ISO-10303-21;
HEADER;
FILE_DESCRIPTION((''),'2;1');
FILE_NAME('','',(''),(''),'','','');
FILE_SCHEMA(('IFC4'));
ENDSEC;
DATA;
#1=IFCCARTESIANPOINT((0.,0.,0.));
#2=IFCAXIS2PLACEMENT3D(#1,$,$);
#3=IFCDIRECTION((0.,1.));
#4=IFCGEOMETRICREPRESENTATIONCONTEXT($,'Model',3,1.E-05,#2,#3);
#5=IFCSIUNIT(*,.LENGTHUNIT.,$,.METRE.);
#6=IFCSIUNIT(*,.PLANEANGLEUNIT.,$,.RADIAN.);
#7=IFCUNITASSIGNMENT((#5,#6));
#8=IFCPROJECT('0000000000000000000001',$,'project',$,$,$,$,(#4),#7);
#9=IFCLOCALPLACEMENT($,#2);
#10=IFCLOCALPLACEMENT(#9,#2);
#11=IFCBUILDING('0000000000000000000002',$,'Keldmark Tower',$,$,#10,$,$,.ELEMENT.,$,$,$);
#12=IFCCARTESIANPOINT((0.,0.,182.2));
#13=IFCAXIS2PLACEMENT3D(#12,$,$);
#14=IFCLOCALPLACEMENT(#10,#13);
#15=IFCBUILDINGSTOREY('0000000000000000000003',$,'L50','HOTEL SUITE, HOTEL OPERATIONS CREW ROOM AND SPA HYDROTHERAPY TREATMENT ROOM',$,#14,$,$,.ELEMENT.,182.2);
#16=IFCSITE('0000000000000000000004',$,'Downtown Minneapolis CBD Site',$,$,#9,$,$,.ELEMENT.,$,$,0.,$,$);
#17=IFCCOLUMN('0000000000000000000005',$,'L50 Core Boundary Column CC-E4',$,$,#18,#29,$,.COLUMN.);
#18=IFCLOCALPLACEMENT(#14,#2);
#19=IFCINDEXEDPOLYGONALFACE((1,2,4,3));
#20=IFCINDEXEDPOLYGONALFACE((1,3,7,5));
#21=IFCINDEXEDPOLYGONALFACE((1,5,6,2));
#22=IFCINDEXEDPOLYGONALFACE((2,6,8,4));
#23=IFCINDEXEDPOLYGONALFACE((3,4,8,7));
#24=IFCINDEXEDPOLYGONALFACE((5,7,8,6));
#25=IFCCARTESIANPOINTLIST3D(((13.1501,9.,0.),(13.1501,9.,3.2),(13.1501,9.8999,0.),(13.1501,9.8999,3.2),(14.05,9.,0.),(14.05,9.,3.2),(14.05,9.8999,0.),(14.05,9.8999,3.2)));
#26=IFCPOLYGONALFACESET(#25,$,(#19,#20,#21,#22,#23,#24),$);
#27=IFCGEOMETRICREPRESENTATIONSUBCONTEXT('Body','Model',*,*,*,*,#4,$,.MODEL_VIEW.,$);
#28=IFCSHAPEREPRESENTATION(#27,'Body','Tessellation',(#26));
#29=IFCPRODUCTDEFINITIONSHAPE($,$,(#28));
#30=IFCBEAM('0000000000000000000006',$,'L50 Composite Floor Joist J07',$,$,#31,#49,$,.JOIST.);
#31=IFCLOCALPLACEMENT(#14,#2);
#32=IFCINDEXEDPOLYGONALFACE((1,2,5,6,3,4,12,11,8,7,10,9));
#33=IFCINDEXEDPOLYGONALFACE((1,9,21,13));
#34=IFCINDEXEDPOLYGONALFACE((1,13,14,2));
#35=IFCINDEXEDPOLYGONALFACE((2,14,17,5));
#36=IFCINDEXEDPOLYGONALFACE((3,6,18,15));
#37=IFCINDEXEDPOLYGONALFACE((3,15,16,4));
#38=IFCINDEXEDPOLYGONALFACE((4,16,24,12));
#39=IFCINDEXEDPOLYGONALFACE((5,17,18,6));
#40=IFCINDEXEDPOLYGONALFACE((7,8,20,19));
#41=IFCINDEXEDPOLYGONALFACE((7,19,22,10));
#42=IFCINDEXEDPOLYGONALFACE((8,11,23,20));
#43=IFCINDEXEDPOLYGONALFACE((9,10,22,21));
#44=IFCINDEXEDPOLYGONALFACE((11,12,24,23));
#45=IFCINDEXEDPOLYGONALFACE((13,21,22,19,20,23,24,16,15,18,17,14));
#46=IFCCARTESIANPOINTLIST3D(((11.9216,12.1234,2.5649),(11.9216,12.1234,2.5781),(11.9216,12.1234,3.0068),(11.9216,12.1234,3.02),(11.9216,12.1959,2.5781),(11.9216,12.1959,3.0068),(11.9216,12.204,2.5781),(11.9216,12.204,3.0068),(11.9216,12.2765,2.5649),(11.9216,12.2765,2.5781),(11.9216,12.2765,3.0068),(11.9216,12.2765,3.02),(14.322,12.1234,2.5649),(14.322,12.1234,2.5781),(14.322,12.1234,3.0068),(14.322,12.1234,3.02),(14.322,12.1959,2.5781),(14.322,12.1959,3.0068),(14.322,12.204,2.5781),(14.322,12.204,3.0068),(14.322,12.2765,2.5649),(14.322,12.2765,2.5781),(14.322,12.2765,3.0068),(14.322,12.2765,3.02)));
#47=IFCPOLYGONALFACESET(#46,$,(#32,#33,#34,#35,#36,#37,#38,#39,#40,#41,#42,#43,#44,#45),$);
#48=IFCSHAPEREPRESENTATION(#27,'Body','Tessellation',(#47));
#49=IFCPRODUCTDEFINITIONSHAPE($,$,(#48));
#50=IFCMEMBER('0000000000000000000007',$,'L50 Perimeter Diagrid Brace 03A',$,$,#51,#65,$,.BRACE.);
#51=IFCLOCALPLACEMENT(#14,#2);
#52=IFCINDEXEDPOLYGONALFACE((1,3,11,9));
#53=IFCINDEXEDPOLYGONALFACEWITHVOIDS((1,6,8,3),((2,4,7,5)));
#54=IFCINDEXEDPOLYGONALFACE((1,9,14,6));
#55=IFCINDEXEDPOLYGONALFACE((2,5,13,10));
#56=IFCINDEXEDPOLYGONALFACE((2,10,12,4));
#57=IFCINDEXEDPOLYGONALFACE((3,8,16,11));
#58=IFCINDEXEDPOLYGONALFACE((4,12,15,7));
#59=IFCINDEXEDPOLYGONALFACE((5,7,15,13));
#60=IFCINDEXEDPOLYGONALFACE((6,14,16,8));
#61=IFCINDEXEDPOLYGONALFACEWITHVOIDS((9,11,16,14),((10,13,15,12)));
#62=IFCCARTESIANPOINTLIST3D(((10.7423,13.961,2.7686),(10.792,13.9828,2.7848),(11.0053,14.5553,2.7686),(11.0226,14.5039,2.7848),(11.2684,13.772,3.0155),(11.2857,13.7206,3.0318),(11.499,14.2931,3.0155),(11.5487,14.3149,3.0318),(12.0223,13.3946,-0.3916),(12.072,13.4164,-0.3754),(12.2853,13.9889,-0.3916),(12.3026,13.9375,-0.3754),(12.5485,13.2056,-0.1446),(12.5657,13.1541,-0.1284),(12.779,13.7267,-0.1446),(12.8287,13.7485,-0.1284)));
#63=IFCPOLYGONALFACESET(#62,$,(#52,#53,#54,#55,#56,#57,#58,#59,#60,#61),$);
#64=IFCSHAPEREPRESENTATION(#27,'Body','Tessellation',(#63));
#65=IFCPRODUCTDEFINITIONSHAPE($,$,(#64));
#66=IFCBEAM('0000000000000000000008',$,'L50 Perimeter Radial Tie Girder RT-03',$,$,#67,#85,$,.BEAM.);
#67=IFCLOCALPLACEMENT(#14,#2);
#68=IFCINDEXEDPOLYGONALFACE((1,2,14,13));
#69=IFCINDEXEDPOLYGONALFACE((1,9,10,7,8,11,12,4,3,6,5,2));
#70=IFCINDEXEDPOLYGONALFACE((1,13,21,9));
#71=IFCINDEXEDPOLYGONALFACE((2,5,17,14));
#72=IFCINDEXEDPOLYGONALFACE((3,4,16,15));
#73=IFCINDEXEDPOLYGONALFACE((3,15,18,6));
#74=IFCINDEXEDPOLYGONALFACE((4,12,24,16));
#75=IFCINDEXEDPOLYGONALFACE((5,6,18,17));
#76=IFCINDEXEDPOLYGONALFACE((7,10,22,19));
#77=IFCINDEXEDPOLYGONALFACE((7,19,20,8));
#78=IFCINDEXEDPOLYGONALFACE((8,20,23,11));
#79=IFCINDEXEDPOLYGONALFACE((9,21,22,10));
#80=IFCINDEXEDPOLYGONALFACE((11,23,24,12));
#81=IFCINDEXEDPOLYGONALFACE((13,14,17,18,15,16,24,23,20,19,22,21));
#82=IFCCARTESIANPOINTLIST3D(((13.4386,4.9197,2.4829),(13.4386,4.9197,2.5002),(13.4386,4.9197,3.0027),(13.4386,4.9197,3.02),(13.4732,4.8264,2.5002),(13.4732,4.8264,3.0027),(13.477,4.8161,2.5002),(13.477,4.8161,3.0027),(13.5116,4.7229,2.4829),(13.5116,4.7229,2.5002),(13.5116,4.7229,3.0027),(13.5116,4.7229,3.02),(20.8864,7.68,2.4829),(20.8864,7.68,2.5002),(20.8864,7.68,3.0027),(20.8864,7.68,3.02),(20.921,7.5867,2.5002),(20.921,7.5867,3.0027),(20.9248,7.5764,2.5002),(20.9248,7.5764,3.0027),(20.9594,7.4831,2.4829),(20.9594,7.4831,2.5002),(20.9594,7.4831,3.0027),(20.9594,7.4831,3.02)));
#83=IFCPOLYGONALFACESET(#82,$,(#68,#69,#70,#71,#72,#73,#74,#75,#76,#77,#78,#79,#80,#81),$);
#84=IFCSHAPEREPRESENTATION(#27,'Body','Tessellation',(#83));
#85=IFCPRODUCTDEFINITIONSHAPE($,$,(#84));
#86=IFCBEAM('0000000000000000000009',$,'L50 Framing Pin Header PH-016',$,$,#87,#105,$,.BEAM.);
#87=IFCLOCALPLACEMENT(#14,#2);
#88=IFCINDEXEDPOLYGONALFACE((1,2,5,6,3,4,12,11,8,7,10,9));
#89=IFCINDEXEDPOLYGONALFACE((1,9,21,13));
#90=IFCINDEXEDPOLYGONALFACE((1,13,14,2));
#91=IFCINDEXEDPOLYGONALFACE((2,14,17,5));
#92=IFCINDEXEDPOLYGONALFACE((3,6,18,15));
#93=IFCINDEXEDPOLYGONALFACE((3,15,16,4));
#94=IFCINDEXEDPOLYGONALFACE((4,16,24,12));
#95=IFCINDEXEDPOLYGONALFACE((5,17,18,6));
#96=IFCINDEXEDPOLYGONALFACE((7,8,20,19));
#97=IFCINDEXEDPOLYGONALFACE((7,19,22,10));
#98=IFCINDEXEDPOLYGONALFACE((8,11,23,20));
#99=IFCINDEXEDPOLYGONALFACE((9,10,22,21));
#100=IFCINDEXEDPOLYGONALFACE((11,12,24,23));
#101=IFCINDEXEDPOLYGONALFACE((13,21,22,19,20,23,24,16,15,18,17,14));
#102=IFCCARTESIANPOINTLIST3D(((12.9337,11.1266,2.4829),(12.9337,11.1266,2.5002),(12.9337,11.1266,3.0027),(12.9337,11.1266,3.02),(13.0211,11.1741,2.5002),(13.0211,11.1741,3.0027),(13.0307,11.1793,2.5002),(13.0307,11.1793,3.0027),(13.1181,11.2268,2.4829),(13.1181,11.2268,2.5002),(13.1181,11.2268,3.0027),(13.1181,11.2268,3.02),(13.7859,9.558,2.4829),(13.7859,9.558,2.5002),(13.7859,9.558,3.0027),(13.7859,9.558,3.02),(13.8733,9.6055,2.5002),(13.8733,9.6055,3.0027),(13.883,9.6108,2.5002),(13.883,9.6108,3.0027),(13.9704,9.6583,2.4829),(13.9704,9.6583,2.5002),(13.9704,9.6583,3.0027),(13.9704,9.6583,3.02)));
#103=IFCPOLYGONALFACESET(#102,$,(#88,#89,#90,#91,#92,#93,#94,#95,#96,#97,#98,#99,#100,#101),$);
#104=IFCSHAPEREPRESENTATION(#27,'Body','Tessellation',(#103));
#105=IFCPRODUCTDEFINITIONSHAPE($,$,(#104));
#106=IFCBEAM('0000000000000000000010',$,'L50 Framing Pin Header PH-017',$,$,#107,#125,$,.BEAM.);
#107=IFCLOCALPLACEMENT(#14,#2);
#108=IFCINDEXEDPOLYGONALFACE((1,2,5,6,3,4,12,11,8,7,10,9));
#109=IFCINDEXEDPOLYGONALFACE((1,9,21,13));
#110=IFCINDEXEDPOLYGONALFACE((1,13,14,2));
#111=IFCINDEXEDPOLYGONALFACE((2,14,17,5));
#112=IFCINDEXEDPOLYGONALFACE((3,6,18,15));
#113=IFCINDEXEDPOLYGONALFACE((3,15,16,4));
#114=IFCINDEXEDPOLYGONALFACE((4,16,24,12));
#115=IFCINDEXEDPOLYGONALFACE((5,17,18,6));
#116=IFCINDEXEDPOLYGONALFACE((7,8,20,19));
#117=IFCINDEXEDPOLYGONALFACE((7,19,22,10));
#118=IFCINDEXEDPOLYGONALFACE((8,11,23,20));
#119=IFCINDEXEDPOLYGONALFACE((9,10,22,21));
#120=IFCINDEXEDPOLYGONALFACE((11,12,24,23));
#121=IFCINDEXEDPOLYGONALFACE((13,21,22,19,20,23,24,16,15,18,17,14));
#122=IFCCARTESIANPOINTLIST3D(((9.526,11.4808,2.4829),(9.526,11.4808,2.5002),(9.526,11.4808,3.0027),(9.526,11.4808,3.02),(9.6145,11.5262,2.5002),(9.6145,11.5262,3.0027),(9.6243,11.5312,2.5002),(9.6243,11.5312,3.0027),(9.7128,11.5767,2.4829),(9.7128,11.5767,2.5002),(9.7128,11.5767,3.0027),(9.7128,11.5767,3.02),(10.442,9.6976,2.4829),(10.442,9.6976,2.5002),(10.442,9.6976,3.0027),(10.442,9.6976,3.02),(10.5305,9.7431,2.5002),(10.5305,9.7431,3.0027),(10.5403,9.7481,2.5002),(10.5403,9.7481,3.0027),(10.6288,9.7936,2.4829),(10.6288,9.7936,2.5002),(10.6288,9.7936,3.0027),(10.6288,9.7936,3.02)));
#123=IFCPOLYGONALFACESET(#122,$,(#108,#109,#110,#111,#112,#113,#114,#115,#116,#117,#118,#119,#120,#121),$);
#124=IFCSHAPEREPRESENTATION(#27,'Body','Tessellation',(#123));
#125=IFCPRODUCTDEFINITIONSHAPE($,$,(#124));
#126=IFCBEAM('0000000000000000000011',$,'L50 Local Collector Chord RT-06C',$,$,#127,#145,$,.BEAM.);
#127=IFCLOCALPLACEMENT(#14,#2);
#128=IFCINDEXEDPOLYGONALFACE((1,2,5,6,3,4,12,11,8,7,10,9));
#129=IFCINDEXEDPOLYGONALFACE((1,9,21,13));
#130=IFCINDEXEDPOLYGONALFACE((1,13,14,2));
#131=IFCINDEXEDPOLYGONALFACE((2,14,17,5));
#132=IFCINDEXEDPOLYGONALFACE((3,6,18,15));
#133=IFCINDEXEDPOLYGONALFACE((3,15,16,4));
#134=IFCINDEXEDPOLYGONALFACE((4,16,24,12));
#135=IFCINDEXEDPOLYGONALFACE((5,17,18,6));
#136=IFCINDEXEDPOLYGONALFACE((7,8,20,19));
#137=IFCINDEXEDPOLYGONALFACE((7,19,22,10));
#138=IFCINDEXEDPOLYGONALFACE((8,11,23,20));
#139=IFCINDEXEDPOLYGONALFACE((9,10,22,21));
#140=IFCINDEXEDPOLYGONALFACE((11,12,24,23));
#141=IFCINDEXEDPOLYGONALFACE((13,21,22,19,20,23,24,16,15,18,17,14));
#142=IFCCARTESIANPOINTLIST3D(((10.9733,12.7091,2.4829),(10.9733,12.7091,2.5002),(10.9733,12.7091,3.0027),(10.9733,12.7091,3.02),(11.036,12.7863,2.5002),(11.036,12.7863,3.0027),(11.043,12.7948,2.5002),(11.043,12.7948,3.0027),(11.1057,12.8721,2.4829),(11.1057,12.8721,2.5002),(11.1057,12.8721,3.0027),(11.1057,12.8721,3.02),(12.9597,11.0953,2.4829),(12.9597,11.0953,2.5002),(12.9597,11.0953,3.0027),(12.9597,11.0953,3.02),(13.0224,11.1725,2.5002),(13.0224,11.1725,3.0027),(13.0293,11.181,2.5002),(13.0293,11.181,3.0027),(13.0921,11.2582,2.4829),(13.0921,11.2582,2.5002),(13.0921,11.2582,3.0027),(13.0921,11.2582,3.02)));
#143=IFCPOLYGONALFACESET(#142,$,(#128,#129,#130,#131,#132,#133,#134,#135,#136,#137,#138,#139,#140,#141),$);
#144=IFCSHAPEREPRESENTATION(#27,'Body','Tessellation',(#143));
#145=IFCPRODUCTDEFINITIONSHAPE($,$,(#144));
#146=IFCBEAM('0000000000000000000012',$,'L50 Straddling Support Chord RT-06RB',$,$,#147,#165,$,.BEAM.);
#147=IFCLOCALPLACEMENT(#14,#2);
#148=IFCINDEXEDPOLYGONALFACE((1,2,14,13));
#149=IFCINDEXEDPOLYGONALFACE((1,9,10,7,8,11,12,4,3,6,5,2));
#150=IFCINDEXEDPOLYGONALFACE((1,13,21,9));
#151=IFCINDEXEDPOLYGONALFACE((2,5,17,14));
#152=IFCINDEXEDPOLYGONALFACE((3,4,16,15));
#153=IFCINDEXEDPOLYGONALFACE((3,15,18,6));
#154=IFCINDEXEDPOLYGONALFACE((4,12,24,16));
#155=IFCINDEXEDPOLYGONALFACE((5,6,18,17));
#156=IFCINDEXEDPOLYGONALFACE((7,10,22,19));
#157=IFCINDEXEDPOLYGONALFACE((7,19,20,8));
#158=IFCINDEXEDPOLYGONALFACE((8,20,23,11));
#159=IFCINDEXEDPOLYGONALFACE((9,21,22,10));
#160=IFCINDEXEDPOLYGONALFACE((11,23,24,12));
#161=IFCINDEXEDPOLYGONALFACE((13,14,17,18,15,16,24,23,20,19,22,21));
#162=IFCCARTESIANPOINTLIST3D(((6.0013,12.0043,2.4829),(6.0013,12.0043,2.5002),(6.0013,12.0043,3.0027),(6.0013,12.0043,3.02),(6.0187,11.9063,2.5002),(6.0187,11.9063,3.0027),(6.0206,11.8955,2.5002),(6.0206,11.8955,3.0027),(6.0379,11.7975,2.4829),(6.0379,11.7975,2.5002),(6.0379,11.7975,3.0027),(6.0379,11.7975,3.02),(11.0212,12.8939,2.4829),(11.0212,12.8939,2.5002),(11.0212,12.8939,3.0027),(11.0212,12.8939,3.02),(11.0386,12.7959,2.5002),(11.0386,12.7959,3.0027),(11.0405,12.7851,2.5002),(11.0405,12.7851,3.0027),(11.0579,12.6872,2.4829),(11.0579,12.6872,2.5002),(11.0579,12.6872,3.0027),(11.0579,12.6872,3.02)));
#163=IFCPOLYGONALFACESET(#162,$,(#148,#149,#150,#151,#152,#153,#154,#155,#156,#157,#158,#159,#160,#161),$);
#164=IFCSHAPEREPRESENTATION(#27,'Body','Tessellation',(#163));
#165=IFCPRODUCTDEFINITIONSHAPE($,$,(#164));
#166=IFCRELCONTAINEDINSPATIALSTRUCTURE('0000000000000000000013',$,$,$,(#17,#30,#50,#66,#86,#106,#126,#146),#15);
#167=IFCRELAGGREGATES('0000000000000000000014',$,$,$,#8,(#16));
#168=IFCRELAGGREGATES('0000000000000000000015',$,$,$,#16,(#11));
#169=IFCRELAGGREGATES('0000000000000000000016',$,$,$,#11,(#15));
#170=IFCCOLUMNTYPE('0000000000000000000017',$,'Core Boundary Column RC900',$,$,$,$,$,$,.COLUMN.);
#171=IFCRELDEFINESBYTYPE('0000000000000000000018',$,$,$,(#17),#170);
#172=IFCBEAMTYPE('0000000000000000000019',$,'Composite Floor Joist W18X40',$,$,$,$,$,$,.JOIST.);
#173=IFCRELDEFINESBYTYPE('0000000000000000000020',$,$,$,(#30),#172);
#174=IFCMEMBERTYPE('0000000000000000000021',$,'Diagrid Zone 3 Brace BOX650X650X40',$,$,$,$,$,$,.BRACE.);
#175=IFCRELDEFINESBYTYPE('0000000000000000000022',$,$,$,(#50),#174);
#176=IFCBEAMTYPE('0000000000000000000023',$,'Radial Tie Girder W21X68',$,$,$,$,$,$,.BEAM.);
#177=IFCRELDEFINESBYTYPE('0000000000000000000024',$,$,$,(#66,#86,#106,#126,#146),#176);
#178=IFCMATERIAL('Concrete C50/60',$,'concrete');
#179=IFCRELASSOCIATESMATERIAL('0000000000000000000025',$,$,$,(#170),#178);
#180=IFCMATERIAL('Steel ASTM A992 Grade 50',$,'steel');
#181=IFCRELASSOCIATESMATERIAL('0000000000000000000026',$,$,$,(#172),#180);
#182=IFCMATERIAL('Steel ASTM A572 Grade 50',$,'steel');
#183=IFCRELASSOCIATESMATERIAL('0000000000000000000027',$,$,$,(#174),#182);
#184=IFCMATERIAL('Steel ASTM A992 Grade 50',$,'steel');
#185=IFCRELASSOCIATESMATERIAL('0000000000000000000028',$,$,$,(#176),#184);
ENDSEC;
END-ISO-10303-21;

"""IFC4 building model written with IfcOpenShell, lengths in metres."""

from ifc_helpers import new_model, si_unit, direction, frame, origin, origin_2d, place, context, subcontext, project, spatial, rectangle, hollow_rectangle, i_section, extrude, material, material_profile, profile_set, type_object, element, save


model = new_model("IFC4")

# Units and contexts
model_context = context("Model", 3, precision=1e-05, world=origin(), true_north=direction((0.0, 1.0)))
body_context = subcontext(model_context, "Body", "Model", "MODEL_VIEW")
ifc_project = project(units=[si_unit("LENGTHUNIT", "METRE"), si_unit("PLANEANGLEUNIT", "RADIAN")], contexts=[model_context])

# Site, building, storey
site_placement = place(None, origin())
site = spatial("IfcSite", under=ifc_project, at=site_placement, Name="Downtown Minneapolis CBD Site", CompositionType="ELEMENT", RefElevation=0.0)
building_placement = place(site_placement, origin())
building = spatial("IfcBuilding", under=site, at=building_placement, Name="Keldmark Tower", CompositionType="ELEMENT")
storey_placement = place(building_placement, frame((0.0, 0.0, 182.2)))
storey = spatial("IfcBuildingStorey", under=building, at=storey_placement, Name="L50", Description="HOTEL SUITE, HOTEL OPERATIONS CREW ROOM AND SPA HYDROTHERAPY TREATMENT ROOM", CompositionType="ELEMENT", Elevation=182.2)

# Column
ifc_material_1 = material(Name="Concrete C50/60", Category="concrete")
ifc_material_profile_1 = material_profile(ifc_material_1, rectangle(XDim=0.8999, YDim=0.8999, at=origin_2d()), Name="RC900X900")
ifc_profile_set_1 = profile_set([ifc_material_profile_1], Name="Concrete C50/60")
column_type = type_object("IfcColumnType", Name="Core Boundary Column RC900", PredefinedType="COLUMN", material=ifc_profile_set_1)
column_placement = place(storey_placement, frame((13.6001, 9.45, 0.0), z_axis=(0.0, 0.0, 1.0), x_axis=(1.0, 0.0, 0.0)))
element("IfcColumn", 1, at=column_placement, inside=storey, type_object=column_type, Name="L50 Core Boundary Column CC-E4", PredefinedType="COLUMN", context=body_context, shape_type="SweptSolid", body=[
    extrude(rectangle(XDim=0.8999, YDim=0.8999, at=origin_2d()), origin(), (0.0, 0.0, 1.0), 3.2),
])

# Beam
ifc_material_2 = material(Name="Steel ASTM A992 Grade 50", Category="steel")
ifc_material_profile_2 = material_profile(ifc_material_2, i_section(OverallWidth=0.1531, OverallDepth=0.4551, WebThickness=0.0081, FlangeThickness=0.0132, at=origin_2d()), Name="W18X40")
ifc_profile_set_2 = profile_set([ifc_material_profile_2], Name="Steel ASTM A992 Grade 50")
beam_type_1 = type_object("IfcBeamType", Name="Composite Floor Joist W18X40", PredefinedType="JOIST", material=ifc_profile_set_2)
beam_1_placement = place(storey_placement, frame((11.9216, 12.2, 2.7925), z_axis=(1.0, 0.0, 0.0), x_axis=(0.0, 1.0, 0.0)))
element("IfcBeam", 2, at=beam_1_placement, inside=storey, type_object=beam_type_1, Name="L50 Composite Floor Joist J07", PredefinedType="JOIST", context=body_context, shape_type="SweptSolid", body=[
    extrude(i_section(OverallWidth=0.1531, OverallDepth=0.4551, WebThickness=0.0081, FlangeThickness=0.0132, at=origin_2d()), origin(), (0.0, 0.0, 1.0), 2.4004),
])

# Member
ifc_material_3 = material(Name="Steel ASTM A572 Grade 50", Category="steel")
ifc_material_profile_3 = material_profile(ifc_material_3, hollow_rectangle(XDim=0.6499, YDim=0.6499, WallThickness=0.04, at=origin_2d()), Name="BOX650X650X40")
ifc_profile_set_3 = profile_set([ifc_material_profile_3], Name="Steel ASTM A572 Grade 50")
member_type = type_object("IfcMemberType", Name="Diagrid Zone 3 Brace BOX650X650X40", PredefinedType="BRACE", material=ifc_profile_set_3)
member_placement = place(storey_placement, frame((12.4255, 13.5715, -0.26), z_axis=(-0.370349, 0.163877, 0.914323), x_axis=(-0.404649, -0.914472, 0.0)))
element("IfcMember", 3, at=member_placement, inside=storey, type_object=member_type, Name="L50 Perimeter Diagrid Brace 03A", PredefinedType="BRACE", context=body_context, shape_type="SweptSolid", body=[
    extrude(hollow_rectangle(XDim=0.6499, YDim=0.6499, WallThickness=0.04, at=origin_2d()), origin(), (0.0, 0.0, 1.0), 3.4563),
])

# Beams
ifc_material_4 = material(Name="Steel ASTM A992 Grade 50", Category="steel")
ifc_material_profile_4 = material_profile(ifc_material_4, i_section(OverallWidth=0.21, OverallDepth=0.5371, WebThickness=0.011, FlangeThickness=0.0173, at=origin_2d()), Name="W21X68")
ifc_profile_set_4 = profile_set([ifc_material_profile_4], Name="Steel ASTM A992 Grade 50")
beam_type_2 = type_object("IfcBeamType", Name="Radial Tie Girder W21X68", PredefinedType="BEAM", material=ifc_profile_set_4)
beam_2_placement = place(storey_placement, frame((13.4751, 4.8213, 2.7515), z_axis=(0.937674, 0.347517, 0.0), x_axis=(-0.347517, 0.937674, 0.0)))
element("IfcBeam", 4, at=beam_2_placement, inside=storey, type_object=beam_type_2, Name="L50 Perimeter Radial Tie Girder RT-03", PredefinedType="BEAM", context=body_context, shape_type="SweptSolid", body=[
    extrude(i_section(OverallWidth=0.21, OverallDepth=0.5371, WebThickness=0.011, FlangeThickness=0.0173, at=origin_2d()), origin(), (0.0, 0.0, 1.0), 7.9429),
])
beam_3_placement = place(storey_placement, frame((13.8782, 9.6082, 2.7515), z_axis=(-0.477424, 0.878673, 0.0), x_axis=(-0.878673, -0.477424, 0.0)))
element("IfcBeam", 5, at=beam_3_placement, inside=storey, type_object=beam_type_2, Name="L50 Framing Pin Header PH-016", PredefinedType="BEAM", context=body_context, shape_type="SweptSolid", body=[
    extrude(i_section(OverallWidth=0.21, OverallDepth=0.5371, WebThickness=0.011, FlangeThickness=0.0173, at=origin_2d()), origin(), (0.0, 0.0, 1.0), 1.7852),
])
beam_4_placement = place(storey_placement, frame((10.5354, 9.7456, 2.7515), z_axis=(-0.45693, 0.889503, 0.0), x_axis=(-0.889503, -0.45693, 0.0)))
element("IfcBeam", 6, at=beam_4_placement, inside=storey, type_object=beam_type_2, Name="L50 Framing Pin Header PH-017", PredefinedType="BEAM", context=body_context, shape_type="SweptSolid", body=[
    extrude(i_section(OverallWidth=0.21, OverallDepth=0.5371, WebThickness=0.011, FlangeThickness=0.0173, at=origin_2d()), origin(), (0.0, 0.0, 1.0), 2.0046),
])
beam_5_placement = place(storey_placement, frame((13.0259, 11.1768, 2.7515), z_axis=(-0.776137, 0.630564, 0.0), x_axis=(-0.630564, -0.776137, 0.0)))
element("IfcBeam", 7, at=beam_5_placement, inside=storey, type_object=beam_type_2, Name="L50 Local Collector Chord RT-06C", PredefinedType="BEAM", context=body_context, shape_type="SweptSolid", body=[
    extrude(i_section(OverallWidth=0.21, OverallDepth=0.5371, WebThickness=0.011, FlangeThickness=0.0173, at=origin_2d()), origin(), (0.0, 0.0, 1.0), 2.5593),
])
beam_6_placement = place(storey_placement, frame((11.0396, 12.7905, 2.7515), z_axis=(-0.984657, -0.174501, 0.0), x_axis=(0.174501, -0.984657, 0.0)))
element("IfcBeam", 8, at=beam_6_placement, inside=storey, type_object=beam_type_2, Name="L50 Straddling Support Chord RT-06RB", PredefinedType="BEAM", context=body_context, shape_type="SweptSolid", body=[
    extrude(i_section(OverallWidth=0.21, OverallDepth=0.5371, WebThickness=0.011, FlangeThickness=0.0173, at=origin_2d()), origin(), (0.0, 0.0, 1.0), 5.0981),
])

save(model, "model.ifc")
